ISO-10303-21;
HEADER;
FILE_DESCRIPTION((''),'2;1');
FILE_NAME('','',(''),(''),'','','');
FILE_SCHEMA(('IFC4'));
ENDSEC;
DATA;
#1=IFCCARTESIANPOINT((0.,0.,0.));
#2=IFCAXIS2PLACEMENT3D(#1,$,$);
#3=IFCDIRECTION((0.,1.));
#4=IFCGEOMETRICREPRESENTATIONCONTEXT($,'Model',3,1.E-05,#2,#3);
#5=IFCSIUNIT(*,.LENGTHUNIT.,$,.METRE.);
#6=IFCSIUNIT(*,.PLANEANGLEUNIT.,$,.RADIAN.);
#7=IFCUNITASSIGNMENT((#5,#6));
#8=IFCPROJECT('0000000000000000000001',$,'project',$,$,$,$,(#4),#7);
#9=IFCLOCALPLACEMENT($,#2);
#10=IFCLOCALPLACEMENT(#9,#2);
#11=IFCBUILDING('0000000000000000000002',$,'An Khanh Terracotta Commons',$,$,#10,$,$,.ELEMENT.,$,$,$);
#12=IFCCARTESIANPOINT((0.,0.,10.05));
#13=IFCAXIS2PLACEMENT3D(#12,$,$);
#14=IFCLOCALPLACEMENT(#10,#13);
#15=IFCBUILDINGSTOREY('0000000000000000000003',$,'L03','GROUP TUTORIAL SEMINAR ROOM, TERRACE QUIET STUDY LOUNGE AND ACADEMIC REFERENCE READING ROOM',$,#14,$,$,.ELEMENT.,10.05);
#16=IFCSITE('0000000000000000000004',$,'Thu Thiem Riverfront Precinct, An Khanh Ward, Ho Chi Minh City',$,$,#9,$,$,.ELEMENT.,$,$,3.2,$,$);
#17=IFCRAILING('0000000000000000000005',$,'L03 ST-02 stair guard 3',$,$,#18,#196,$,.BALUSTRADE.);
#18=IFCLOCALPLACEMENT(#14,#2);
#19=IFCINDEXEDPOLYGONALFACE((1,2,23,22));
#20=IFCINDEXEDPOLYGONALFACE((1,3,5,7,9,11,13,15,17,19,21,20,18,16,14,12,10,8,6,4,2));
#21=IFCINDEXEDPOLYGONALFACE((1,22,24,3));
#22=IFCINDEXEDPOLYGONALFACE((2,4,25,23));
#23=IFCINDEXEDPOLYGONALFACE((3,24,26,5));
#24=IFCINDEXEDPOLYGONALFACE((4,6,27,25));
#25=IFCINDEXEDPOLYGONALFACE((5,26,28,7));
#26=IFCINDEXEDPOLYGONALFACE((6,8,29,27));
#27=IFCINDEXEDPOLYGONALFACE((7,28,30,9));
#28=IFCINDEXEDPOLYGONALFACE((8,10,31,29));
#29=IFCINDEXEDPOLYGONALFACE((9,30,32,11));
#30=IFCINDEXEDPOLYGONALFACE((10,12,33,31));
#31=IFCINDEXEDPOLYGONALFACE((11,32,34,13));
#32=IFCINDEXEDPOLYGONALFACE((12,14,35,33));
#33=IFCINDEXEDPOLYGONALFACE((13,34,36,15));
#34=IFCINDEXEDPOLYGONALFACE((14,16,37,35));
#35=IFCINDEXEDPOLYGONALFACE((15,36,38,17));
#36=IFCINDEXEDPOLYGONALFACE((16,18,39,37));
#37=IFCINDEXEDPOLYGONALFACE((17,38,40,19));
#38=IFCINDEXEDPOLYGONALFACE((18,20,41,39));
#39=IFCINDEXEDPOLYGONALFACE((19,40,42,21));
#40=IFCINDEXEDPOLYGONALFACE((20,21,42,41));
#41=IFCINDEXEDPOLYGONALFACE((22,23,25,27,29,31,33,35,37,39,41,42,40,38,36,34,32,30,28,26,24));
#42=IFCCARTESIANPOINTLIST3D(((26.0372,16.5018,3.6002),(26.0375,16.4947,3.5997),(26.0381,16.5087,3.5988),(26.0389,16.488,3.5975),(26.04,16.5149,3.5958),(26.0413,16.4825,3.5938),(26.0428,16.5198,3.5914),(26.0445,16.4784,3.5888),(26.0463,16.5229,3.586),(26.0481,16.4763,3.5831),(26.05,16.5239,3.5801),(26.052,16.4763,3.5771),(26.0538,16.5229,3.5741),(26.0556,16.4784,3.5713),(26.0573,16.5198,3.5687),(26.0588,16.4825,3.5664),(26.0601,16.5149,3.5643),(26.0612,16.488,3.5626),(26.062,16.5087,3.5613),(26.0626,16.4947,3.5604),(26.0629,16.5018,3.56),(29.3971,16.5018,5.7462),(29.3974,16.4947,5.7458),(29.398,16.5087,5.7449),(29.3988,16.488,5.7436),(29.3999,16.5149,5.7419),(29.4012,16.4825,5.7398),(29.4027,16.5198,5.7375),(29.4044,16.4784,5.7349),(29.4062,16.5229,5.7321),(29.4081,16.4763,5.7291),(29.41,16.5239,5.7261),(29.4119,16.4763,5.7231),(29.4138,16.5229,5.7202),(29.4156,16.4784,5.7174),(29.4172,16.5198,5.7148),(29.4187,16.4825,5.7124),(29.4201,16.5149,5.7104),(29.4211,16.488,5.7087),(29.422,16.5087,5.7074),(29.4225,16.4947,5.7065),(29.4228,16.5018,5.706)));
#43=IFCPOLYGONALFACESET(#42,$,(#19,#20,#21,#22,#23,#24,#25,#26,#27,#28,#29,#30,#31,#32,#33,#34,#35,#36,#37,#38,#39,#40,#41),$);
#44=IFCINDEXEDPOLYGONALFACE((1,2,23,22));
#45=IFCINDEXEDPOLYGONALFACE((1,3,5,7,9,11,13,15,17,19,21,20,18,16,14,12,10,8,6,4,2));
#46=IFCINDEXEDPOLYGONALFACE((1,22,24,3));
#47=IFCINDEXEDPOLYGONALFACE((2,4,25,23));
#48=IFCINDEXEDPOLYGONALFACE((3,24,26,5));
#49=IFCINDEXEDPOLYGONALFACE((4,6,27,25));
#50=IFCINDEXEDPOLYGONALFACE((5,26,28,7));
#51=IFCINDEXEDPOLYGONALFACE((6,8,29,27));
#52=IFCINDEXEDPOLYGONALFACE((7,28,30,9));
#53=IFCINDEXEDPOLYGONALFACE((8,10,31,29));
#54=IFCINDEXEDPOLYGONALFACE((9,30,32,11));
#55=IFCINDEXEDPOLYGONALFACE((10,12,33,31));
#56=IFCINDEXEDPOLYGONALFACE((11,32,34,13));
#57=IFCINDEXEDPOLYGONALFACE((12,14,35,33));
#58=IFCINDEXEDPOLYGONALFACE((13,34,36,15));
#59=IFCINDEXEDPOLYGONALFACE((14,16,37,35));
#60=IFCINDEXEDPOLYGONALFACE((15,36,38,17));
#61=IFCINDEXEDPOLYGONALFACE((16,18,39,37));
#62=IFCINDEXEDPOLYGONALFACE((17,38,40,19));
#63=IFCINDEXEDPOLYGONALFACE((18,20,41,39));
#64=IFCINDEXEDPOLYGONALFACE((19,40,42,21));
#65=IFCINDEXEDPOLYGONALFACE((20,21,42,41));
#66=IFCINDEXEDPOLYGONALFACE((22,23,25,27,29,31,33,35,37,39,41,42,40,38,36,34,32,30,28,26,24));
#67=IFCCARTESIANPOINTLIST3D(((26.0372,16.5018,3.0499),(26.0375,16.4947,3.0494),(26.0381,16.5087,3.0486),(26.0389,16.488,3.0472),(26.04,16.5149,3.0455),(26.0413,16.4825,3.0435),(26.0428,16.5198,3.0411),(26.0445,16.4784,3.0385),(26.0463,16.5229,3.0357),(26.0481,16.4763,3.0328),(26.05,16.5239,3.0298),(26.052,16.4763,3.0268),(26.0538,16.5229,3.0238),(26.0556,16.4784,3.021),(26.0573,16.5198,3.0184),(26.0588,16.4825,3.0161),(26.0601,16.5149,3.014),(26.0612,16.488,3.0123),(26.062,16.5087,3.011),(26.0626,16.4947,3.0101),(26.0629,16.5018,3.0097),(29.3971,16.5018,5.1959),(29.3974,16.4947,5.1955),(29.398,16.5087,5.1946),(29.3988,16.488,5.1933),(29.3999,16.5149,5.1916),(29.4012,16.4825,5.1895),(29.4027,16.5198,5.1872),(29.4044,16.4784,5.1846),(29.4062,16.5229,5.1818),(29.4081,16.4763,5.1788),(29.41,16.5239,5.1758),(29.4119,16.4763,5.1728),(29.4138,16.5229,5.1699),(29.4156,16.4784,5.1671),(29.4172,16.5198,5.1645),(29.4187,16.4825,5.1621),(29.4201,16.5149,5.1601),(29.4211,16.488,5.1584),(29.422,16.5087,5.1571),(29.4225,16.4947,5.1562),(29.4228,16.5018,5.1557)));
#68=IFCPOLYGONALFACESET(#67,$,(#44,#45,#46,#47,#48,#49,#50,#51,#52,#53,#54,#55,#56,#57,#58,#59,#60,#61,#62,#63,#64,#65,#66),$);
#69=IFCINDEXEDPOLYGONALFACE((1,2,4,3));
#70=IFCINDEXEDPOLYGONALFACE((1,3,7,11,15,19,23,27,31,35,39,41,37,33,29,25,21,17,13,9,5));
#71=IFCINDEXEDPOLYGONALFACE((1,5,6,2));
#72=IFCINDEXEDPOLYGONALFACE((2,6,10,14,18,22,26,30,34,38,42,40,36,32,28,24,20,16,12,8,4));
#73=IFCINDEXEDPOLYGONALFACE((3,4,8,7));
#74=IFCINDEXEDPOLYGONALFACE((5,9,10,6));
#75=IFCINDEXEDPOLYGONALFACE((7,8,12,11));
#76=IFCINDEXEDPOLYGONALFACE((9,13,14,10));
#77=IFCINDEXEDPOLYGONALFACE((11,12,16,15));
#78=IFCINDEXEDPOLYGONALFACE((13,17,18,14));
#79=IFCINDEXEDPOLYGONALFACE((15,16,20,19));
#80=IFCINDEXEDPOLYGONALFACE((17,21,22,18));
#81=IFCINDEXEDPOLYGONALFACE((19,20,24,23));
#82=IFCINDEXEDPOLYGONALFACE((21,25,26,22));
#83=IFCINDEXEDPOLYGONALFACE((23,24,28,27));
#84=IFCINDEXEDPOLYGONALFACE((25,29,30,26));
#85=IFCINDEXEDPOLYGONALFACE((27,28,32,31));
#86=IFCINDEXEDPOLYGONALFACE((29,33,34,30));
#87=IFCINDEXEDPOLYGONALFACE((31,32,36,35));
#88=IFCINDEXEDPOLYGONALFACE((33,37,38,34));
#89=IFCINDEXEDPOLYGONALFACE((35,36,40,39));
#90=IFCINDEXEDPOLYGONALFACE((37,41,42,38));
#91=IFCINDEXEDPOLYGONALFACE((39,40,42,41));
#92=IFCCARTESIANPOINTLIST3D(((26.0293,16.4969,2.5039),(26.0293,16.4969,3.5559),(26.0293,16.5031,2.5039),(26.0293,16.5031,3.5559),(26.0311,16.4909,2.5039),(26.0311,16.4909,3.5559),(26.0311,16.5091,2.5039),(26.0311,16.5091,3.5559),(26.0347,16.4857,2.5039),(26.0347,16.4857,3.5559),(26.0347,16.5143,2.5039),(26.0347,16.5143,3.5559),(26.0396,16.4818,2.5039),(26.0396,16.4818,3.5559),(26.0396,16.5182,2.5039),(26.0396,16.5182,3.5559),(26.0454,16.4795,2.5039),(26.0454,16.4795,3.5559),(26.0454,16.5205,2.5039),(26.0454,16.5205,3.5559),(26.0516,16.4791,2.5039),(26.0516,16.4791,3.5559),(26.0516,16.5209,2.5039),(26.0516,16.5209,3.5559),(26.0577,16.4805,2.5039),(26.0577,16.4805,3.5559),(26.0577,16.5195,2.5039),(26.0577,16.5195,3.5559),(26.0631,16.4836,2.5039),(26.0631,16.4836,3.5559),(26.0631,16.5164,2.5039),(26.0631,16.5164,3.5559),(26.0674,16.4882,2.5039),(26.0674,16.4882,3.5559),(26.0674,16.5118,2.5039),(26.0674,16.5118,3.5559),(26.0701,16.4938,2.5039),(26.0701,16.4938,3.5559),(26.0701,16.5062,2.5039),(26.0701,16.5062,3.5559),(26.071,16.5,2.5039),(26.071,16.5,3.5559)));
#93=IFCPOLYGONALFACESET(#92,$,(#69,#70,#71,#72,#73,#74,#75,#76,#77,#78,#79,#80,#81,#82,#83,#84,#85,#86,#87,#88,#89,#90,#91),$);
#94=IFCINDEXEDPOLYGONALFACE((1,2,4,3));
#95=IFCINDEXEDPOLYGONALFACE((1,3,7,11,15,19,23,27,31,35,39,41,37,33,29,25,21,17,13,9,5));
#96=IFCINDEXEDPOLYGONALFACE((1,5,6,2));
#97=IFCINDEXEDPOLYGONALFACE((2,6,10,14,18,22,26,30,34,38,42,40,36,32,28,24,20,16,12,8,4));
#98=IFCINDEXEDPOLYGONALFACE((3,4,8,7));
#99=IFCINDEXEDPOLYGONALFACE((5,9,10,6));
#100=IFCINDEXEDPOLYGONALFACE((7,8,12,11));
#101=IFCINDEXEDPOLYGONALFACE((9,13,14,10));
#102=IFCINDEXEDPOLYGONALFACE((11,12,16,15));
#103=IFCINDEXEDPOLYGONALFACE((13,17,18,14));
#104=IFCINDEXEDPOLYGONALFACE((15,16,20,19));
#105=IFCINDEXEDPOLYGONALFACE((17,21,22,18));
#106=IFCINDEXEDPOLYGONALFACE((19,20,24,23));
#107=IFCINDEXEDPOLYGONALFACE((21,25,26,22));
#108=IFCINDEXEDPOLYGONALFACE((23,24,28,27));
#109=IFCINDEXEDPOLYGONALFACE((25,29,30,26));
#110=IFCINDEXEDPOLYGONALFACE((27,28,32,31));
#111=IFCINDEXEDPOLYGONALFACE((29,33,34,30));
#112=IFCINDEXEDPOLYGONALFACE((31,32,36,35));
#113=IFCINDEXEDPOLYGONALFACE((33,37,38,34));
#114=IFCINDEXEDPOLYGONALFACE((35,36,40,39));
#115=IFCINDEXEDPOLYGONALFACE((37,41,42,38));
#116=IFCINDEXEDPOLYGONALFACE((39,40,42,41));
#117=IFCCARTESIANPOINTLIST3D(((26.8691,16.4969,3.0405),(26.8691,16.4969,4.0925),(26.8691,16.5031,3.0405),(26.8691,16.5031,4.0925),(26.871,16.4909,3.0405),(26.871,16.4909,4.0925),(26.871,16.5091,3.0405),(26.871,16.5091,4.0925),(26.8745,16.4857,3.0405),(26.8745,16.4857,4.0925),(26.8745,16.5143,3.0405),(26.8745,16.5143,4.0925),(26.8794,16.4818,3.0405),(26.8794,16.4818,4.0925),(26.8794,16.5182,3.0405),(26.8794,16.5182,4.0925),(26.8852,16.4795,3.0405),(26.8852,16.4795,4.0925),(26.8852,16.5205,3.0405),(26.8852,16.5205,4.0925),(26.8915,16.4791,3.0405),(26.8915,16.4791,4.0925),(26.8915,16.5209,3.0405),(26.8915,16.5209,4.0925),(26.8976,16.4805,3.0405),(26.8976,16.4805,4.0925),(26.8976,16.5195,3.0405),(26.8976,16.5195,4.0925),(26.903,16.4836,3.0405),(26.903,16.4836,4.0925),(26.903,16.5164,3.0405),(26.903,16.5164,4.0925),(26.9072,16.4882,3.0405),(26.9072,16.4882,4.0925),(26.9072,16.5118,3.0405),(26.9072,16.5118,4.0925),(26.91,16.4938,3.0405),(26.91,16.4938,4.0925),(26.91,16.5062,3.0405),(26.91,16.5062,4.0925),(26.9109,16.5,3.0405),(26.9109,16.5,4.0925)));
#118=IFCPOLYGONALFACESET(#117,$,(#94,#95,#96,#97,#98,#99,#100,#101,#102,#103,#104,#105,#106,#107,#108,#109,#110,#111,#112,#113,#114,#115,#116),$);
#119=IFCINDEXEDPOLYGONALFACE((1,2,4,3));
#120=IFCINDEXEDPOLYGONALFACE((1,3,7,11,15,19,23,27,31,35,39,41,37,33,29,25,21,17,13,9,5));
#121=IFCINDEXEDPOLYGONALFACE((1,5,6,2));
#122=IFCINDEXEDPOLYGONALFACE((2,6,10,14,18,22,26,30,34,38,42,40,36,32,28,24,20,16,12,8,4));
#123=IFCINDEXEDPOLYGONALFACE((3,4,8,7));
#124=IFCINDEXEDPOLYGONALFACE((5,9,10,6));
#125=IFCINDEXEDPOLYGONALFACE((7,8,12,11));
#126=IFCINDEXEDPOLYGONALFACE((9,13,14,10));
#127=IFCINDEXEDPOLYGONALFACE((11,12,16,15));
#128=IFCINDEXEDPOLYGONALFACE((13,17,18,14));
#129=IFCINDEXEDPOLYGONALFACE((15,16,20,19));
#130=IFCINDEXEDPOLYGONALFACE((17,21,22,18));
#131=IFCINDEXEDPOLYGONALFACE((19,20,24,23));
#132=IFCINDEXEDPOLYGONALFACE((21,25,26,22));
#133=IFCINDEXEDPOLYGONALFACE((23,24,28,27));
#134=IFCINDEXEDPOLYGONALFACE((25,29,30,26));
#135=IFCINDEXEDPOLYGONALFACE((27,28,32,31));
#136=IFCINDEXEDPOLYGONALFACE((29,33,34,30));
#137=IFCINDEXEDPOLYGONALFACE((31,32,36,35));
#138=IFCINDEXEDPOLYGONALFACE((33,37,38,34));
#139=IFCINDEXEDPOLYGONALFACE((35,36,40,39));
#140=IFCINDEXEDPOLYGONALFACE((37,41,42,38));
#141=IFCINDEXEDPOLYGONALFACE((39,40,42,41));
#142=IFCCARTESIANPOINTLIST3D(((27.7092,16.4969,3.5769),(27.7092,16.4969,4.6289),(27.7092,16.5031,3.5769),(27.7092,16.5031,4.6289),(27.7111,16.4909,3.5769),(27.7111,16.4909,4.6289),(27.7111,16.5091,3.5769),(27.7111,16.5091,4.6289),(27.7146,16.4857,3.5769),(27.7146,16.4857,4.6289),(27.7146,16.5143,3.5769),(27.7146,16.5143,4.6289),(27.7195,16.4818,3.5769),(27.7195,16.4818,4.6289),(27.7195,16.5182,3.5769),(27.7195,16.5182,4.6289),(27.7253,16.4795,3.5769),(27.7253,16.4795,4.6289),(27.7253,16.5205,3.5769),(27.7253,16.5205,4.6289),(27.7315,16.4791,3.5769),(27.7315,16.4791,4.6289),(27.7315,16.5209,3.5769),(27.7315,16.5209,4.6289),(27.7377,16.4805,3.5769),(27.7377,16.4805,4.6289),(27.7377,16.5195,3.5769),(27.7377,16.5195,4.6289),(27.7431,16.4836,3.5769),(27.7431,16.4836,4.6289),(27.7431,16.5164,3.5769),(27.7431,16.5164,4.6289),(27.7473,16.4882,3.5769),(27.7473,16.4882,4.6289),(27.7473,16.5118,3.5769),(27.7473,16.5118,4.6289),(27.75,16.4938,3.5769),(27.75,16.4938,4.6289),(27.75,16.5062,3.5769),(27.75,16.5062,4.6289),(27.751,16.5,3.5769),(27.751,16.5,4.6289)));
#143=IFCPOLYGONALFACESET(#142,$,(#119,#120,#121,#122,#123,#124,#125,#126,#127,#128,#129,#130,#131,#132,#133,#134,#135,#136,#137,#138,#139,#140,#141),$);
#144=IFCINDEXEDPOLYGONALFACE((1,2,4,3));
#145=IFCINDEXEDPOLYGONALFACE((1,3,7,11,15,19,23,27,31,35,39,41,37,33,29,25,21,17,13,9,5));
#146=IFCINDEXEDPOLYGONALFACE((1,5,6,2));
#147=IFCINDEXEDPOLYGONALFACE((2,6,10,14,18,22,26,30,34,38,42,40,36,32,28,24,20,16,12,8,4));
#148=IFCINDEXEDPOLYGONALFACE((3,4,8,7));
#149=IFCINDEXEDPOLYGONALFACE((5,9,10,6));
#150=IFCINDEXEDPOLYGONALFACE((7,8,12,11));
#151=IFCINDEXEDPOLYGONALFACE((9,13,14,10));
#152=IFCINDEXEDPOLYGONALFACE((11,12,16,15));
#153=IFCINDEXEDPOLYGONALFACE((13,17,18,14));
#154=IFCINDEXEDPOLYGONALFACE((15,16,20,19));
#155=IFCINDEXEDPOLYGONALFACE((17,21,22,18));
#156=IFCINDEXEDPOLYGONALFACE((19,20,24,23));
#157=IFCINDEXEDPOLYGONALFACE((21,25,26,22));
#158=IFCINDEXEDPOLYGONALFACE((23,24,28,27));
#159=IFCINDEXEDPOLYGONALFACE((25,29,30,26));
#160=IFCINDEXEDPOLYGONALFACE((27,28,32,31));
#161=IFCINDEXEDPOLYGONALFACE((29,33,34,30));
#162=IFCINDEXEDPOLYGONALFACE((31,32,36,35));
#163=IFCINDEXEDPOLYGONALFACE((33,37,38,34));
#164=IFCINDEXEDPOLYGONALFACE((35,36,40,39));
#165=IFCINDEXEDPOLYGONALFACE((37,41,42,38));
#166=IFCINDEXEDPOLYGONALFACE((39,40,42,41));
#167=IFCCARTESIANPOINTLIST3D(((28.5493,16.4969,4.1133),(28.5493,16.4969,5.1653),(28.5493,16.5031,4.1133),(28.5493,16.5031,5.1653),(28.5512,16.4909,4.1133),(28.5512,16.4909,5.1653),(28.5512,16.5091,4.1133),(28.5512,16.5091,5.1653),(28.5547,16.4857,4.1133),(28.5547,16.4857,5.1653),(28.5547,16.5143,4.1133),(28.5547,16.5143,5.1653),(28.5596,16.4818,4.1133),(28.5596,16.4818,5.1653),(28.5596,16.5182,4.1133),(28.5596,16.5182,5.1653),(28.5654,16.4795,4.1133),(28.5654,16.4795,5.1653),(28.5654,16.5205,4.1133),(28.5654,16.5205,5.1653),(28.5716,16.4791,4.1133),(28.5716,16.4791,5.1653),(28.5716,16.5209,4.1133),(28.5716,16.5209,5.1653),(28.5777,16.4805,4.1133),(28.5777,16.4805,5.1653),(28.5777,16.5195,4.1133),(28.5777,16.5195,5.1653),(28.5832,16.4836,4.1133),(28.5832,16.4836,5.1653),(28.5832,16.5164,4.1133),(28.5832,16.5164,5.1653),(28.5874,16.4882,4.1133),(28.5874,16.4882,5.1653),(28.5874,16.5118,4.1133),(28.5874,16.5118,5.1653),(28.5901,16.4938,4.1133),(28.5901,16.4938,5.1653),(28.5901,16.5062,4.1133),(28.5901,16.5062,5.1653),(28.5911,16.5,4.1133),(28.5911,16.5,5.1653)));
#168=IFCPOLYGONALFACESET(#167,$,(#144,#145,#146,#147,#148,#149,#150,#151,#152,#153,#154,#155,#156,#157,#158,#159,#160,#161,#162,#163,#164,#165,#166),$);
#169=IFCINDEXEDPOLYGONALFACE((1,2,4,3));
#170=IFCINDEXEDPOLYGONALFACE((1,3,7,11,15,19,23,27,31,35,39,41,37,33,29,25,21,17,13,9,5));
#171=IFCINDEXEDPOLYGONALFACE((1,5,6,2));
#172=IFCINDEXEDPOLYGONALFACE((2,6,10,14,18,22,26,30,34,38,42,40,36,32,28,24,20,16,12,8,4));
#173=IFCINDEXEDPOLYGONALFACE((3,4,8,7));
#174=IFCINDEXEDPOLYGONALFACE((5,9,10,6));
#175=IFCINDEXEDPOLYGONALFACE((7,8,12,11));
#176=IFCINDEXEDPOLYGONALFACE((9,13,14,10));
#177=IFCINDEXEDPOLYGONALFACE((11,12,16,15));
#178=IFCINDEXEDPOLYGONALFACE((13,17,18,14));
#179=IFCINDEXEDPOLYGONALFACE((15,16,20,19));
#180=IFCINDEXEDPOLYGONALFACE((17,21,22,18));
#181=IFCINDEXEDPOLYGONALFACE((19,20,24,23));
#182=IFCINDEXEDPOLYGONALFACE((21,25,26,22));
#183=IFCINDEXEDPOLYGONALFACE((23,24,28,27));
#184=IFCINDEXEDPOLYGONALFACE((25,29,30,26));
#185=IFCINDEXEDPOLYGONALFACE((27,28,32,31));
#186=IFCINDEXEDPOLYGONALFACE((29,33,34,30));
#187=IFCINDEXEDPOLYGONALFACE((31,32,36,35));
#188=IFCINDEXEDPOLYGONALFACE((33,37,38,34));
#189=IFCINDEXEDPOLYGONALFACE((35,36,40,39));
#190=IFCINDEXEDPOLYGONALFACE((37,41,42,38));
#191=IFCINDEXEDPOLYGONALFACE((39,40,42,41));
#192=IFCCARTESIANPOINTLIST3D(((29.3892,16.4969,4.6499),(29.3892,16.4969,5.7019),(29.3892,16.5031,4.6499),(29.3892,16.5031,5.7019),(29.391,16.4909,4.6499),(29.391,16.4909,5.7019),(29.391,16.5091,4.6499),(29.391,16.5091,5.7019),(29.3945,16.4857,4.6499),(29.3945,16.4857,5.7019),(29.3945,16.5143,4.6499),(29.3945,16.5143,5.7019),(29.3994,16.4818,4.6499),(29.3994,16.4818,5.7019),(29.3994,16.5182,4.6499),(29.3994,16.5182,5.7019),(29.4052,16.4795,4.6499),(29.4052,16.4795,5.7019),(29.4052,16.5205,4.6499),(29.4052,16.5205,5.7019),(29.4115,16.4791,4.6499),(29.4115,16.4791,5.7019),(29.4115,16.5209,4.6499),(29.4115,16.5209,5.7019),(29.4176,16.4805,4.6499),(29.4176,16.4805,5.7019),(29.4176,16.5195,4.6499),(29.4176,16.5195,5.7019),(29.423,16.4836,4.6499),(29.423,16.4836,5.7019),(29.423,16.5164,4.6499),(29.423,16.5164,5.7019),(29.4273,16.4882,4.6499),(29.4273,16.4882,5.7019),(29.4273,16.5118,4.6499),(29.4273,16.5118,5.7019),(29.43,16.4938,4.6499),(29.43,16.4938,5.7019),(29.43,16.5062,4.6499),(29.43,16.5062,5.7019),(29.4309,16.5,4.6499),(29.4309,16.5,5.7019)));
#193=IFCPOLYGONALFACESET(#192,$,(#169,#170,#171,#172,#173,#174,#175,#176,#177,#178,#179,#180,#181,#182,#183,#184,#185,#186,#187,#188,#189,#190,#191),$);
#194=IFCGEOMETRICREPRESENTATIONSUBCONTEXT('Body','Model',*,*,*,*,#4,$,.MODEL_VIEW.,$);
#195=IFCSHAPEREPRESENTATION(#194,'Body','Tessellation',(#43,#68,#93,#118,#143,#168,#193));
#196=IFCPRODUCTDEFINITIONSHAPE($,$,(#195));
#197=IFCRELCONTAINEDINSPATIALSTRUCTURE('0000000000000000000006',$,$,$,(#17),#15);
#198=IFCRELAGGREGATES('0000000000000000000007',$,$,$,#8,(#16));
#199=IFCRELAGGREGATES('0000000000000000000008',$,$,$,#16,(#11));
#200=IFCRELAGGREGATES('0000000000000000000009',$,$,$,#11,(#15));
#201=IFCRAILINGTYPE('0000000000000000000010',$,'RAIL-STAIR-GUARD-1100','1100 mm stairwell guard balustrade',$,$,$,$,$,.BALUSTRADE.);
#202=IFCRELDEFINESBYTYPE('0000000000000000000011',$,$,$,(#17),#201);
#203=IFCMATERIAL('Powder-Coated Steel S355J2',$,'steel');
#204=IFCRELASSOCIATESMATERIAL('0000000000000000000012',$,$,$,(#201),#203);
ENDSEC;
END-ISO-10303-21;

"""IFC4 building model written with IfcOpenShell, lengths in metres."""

from ifc_helpers import new_model, si_unit, direction, frame, origin, origin_2d, place, context, subcontext, project, spatial, circle, extrude, material, type_object, element, save


model = new_model("IFC4")

# Units and contexts
model_context = context("Model", 3, precision=1e-05, world=origin(), true_north=direction((0.0, 1.0)))
body_context = subcontext(model_context, "Body", "Model", "MODEL_VIEW")
ifc_project = project(units=[si_unit("LENGTHUNIT", "METRE"), si_unit("PLANEANGLEUNIT", "RADIAN")], contexts=[model_context])

# Site, building, storey
site_placement = place(None, origin())
site = spatial("IfcSite", under=ifc_project, at=site_placement, Name="Thu Thiem Riverfront Precinct, An Khanh Ward, Ho Chi Minh City", CompositionType="ELEMENT", RefElevation=3.2)
building_placement = place(site_placement, origin())
building = spatial("IfcBuilding", under=site, at=building_placement, Name="An Khanh Terracotta Commons", CompositionType="ELEMENT")
storey_placement = place(building_placement, frame((0.0, 0.0, 10.05)))
storey = spatial("IfcBuildingStorey", under=building, at=storey_placement, Name="L03", Description="GROUP TUTORIAL SEMINAR ROOM, TERRACE QUIET STUDY LOUNGE AND ACADEMIC REFERENCE READING ROOM", CompositionType="ELEMENT", Elevation=10.05)

# Railing
ifc_material_1 = material(Name="Powder-Coated Steel S355J2", Category="steel")
railing_type_1 = type_object("IfcRailingType", Name="RAIL-STAIR-GUARD-1100", Description="1100 mm stairwell guard balustrade", PredefinedType="BALUSTRADE", material=ifc_material_1)
railing_1_placement = place(storey_placement, frame((26.05, 16.5, 2.5039)))
element("IfcRailing", 1, at=railing_1_placement, inside=storey, type_object=railing_type_1, Name="L03 ST-02 stair guard 3", PredefinedType="BALUSTRADE", context=body_context, shape_type="SweptSolid", body=[
    extrude(circle(Radius=0.0239, at=origin_2d()), frame((0.0, 0.0, 1.0762), z_axis=(0.842763, 0.0, 0.538285), x_axis=(0.0, 1.0, 0.0)), (0.0, 0.0, 1.0), 3.9868),
    extrude(circle(Radius=0.0239, at=origin_2d()), frame((0.0, 0.0, 0.5259), z_axis=(0.842763, 0.0, 0.538285), x_axis=(0.0, 1.0, 0.0)), (0.0, 0.0, 1.0), 3.9868),
    extrude(circle(Radius=0.021, at=origin_2d()), origin(), (0.0, 0.0, 1.0), 1.052),
    extrude(circle(Radius=0.021, at=origin_2d()), frame((0.8398, 0.0, 0.5366)), (0.0, 0.0, 1.0), 1.052),
    extrude(circle(Radius=0.021, at=origin_2d()), frame((1.6799, 0.0, 1.073)), (0.0, 0.0, 1.0), 1.052),
    extrude(circle(Radius=0.021, at=origin_2d()), frame((2.52, 0.0, 1.6094)), (0.0, 0.0, 1.0), 1.052),
    extrude(circle(Radius=0.021, at=origin_2d()), frame((3.3599, 0.0, 2.146)), (0.0, 0.0, 1.0), 1.052),
])

save(model, "model.ifc")
